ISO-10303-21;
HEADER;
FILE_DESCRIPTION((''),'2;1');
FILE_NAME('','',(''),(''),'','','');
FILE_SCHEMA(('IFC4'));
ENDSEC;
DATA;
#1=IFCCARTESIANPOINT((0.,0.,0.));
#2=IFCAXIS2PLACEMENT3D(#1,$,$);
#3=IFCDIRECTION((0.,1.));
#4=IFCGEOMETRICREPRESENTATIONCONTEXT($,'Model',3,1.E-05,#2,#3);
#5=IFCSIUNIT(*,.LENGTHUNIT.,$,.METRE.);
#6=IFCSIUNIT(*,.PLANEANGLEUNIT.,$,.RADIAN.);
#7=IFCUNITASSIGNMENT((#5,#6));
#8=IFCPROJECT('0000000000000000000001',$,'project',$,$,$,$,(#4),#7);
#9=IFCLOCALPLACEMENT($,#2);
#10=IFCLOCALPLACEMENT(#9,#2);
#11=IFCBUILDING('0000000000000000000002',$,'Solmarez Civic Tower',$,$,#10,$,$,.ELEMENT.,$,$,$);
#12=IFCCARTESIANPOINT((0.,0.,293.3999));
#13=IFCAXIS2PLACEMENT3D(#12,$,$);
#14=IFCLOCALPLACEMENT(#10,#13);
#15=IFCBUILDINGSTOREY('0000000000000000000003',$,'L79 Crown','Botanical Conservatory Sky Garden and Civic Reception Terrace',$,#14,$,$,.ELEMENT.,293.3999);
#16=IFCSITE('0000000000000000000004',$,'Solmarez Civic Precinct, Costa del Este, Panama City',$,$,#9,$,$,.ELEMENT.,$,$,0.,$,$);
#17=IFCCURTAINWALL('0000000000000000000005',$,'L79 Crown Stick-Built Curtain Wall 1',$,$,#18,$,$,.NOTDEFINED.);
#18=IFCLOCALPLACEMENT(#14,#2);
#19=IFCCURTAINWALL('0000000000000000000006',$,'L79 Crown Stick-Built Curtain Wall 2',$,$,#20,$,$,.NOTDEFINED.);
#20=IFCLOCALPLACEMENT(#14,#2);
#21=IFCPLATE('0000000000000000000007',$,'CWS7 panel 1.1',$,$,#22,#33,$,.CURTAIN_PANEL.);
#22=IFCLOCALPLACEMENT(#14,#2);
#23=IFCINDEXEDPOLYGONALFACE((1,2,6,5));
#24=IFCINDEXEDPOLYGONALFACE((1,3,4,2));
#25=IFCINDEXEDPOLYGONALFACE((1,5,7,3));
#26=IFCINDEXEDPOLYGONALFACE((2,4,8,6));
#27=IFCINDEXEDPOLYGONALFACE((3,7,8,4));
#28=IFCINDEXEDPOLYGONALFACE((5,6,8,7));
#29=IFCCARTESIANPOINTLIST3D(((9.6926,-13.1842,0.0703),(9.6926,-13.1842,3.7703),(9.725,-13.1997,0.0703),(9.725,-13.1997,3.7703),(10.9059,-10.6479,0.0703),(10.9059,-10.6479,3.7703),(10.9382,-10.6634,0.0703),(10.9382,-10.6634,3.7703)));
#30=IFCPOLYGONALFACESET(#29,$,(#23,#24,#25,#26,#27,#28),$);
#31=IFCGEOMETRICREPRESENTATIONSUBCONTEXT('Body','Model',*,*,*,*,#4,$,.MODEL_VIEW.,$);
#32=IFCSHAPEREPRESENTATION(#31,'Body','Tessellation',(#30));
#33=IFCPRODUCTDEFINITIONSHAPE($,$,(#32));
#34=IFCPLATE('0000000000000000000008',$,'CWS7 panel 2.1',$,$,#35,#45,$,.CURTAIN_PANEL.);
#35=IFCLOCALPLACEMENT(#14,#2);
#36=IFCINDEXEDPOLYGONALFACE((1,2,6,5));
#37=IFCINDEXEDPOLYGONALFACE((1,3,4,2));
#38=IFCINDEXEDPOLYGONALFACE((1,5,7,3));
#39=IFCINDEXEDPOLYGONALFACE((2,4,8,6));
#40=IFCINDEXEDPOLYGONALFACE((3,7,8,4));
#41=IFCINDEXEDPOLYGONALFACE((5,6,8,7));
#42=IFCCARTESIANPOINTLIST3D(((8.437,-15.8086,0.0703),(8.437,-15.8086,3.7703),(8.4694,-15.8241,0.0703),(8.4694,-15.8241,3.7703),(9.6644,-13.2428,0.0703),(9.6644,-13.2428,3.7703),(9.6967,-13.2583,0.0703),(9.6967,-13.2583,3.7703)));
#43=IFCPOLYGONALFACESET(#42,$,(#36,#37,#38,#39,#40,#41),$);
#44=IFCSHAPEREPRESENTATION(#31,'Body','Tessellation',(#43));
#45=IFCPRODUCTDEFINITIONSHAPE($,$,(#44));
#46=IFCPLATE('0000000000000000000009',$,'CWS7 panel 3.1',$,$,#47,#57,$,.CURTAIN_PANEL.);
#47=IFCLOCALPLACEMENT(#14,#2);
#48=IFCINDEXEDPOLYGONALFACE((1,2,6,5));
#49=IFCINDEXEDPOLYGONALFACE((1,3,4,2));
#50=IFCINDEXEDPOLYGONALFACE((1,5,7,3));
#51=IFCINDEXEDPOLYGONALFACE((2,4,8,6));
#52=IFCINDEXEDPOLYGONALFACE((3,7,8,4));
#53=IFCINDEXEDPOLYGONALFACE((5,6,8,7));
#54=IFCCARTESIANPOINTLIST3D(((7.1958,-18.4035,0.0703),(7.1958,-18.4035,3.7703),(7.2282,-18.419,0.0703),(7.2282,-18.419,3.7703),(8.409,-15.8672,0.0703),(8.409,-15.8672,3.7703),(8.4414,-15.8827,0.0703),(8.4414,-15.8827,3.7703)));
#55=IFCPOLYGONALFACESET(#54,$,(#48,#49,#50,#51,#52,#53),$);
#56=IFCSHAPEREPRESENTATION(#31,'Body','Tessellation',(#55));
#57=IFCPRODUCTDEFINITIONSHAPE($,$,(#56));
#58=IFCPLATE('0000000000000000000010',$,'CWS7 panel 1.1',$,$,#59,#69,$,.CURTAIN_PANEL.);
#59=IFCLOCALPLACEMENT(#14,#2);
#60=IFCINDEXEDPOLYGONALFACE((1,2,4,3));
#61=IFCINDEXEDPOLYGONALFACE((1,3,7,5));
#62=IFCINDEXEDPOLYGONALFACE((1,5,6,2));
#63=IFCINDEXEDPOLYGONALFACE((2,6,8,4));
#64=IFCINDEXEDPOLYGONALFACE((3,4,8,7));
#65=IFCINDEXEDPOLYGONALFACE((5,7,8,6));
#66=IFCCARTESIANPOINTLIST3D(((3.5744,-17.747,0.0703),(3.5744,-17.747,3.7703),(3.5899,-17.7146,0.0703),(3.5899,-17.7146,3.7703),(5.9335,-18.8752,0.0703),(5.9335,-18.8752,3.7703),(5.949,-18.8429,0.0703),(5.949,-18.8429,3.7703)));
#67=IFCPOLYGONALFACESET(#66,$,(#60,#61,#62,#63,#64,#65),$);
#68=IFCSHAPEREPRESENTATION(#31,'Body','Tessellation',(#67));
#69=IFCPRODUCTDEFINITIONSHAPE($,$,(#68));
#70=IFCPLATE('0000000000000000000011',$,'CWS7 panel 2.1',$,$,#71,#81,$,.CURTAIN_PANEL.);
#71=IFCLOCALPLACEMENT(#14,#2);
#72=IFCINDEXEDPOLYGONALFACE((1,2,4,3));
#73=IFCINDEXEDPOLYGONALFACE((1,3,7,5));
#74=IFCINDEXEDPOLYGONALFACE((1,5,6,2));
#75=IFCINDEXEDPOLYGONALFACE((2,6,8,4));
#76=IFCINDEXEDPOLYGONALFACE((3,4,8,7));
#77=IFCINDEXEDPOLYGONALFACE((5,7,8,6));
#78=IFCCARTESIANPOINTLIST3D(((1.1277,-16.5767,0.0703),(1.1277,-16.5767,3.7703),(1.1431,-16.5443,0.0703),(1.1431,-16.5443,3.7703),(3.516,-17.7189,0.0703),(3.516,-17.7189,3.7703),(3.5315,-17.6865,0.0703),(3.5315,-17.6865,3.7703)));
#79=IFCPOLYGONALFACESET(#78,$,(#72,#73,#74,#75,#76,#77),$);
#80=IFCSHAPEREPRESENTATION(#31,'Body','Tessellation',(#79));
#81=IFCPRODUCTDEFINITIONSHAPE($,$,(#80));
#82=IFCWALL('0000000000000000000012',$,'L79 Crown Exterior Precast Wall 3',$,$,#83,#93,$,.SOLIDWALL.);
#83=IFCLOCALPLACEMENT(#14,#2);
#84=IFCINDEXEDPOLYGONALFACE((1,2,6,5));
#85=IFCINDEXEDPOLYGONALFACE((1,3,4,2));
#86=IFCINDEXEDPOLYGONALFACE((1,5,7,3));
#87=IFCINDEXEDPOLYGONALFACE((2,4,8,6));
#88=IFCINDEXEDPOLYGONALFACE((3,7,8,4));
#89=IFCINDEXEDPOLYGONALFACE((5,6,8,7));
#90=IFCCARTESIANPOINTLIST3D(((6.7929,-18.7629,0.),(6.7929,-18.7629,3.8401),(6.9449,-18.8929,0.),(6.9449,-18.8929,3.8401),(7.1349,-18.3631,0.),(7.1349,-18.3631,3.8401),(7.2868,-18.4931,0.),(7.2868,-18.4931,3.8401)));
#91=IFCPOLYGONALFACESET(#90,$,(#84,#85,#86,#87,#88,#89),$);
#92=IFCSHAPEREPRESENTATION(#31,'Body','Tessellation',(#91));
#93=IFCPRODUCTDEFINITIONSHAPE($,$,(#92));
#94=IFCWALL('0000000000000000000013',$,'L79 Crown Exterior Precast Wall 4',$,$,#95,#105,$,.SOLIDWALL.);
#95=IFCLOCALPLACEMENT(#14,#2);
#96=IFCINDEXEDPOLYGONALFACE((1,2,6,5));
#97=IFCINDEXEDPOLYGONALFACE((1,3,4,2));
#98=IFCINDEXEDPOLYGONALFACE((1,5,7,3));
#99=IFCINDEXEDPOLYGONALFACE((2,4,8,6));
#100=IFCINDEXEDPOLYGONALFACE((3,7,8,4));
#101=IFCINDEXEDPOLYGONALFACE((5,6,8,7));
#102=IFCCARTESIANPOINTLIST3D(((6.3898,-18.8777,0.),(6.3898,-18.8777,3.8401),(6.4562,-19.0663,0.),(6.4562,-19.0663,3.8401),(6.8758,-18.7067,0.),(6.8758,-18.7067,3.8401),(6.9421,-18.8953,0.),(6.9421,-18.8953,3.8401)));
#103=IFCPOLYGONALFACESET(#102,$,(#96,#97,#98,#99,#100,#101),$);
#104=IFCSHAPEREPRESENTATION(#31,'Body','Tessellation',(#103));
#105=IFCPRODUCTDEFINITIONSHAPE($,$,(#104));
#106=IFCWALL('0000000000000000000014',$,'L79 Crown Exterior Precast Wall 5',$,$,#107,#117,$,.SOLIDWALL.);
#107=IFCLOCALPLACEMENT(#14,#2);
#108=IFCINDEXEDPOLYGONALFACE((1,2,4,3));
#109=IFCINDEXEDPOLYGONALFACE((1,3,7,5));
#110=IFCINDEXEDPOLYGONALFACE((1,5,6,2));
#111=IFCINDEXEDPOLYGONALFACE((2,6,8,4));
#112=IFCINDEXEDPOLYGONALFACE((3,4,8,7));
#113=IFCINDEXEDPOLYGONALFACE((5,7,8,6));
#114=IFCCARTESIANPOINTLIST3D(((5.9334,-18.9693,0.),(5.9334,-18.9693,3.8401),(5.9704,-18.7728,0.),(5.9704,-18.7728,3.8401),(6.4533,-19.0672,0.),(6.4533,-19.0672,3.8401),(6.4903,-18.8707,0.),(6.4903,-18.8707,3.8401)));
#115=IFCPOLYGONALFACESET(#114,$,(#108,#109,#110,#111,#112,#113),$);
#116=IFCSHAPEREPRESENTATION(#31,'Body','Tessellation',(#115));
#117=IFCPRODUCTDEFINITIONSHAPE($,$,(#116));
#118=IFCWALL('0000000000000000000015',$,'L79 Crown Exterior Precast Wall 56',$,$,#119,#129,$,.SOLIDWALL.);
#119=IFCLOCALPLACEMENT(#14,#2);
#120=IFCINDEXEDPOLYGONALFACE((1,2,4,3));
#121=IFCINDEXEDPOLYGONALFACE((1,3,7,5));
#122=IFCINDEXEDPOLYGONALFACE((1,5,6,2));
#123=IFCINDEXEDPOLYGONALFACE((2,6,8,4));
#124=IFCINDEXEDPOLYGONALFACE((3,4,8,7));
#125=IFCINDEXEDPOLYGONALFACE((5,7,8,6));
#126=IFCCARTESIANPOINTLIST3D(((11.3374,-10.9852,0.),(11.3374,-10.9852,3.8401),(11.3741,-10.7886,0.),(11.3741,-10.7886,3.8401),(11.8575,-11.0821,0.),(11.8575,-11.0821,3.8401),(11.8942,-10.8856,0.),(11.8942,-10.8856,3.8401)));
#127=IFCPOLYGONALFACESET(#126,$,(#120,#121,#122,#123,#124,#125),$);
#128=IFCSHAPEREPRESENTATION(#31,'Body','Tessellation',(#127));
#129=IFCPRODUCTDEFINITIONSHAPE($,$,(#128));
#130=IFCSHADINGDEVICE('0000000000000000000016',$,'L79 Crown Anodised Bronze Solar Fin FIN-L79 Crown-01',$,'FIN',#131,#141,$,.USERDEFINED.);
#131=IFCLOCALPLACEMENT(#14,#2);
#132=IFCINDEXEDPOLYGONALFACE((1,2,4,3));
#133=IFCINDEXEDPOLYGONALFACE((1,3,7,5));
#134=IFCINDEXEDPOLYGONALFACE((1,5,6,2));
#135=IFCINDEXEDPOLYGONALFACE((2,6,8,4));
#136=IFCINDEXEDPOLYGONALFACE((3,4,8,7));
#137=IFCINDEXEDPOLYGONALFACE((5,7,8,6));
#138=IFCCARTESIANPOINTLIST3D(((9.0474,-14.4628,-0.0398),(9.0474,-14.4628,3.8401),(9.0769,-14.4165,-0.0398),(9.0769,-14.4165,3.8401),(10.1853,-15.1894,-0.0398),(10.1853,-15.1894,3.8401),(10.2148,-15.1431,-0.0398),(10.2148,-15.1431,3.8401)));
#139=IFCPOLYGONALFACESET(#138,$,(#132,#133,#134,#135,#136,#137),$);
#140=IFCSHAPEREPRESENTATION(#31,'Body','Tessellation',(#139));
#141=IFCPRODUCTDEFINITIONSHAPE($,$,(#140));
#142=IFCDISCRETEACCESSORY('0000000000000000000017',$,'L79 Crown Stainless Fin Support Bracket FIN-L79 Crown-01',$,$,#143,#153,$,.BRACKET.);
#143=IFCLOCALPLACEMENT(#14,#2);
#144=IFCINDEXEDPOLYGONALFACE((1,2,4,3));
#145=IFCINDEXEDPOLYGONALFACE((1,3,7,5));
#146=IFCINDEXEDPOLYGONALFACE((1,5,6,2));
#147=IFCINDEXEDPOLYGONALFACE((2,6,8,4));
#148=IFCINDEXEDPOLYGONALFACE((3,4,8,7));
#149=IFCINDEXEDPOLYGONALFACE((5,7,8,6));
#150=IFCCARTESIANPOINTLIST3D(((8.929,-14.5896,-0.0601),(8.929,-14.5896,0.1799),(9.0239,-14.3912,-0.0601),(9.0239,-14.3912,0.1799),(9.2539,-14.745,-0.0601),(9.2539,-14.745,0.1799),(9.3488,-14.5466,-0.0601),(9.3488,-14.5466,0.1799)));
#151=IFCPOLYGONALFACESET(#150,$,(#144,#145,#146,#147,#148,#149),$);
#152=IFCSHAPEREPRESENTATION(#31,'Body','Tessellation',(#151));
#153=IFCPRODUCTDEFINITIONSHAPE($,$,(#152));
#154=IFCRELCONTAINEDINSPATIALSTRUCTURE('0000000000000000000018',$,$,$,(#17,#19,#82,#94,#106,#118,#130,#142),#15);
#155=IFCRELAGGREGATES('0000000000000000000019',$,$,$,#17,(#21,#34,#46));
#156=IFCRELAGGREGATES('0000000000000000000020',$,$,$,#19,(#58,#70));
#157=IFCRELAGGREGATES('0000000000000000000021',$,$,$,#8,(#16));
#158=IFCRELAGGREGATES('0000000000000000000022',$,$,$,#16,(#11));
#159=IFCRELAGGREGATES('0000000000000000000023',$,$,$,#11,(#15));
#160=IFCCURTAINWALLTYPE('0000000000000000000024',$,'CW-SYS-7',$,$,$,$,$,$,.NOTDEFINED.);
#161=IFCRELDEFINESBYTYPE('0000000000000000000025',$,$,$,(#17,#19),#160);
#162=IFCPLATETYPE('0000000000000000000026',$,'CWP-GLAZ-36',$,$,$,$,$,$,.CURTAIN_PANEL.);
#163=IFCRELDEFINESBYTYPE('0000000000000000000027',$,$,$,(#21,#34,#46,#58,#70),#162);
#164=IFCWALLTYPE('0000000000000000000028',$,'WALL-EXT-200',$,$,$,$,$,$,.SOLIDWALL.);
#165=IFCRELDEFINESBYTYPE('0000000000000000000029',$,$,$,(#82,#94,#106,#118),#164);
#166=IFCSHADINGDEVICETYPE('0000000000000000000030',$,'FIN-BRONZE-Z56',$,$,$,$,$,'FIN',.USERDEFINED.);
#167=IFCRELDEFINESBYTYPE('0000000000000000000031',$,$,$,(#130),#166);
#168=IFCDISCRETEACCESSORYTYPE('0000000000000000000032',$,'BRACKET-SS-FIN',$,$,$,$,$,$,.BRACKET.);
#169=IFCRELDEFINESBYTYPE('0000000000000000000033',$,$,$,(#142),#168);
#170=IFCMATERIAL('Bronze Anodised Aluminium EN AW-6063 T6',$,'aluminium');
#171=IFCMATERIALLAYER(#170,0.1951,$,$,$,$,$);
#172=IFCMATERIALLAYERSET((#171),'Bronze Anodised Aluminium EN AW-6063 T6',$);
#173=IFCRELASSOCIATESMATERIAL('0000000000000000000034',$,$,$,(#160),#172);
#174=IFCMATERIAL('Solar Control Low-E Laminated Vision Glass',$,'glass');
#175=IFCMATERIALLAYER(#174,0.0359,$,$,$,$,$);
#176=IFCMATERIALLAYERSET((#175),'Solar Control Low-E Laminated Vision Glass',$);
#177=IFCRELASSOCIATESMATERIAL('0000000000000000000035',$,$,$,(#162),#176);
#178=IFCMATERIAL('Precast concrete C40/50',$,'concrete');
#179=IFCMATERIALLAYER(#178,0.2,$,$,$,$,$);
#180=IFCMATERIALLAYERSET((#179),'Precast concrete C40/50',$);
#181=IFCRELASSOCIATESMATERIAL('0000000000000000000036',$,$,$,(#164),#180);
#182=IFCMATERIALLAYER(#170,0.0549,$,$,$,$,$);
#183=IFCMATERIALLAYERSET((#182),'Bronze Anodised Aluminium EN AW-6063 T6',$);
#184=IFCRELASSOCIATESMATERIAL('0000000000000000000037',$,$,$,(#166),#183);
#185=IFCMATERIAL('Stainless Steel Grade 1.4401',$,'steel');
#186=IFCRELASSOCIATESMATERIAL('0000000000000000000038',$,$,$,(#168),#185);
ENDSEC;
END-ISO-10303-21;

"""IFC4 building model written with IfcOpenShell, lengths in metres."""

from ifc_helpers import new_model, si_unit, direction, frame, frame_2d, origin, origin_2d, place, context, subcontext, project, spatial, rectangle, extrude, material, layer, layer_set, type_object, element, aggregate, save


model = new_model("IFC4")

# Units and contexts
model_context = context("Model", 3, precision=1e-05, world=origin(), true_north=direction((0.0, 1.0)))
body_context = subcontext(model_context, "Body", "Model", "MODEL_VIEW")
ifc_project = project(units=[si_unit("LENGTHUNIT", "METRE"), si_unit("PLANEANGLEUNIT", "RADIAN")], contexts=[model_context])

# Site, building, storey
site_placement = place(None, origin())
site = spatial("IfcSite", under=ifc_project, at=site_placement, Name="Solmarez Civic Precinct, Costa del Este, Panama City", CompositionType="ELEMENT", RefElevation=0.0)
building_placement = place(site_placement, origin())
building = spatial("IfcBuilding", under=site, at=building_placement, Name="Solmarez Civic Tower", CompositionType="ELEMENT")
storey_placement = place(building_placement, frame((0.0, 0.0, 293.3999)))
storey = spatial("IfcBuildingStorey", under=building, at=storey_placement, Name="L79 Crown", Description="Botanical Conservatory Sky Garden and Civic Reception Terrace", CompositionType="ELEMENT", Elevation=293.3999)

# Curtain walls
ifc_material_1 = material(Name="Bronze Anodised Aluminium EN AW-6063 T6", Category="aluminium")
ifc_layer_1 = layer(ifc_material_1, 0.1951)
ifc_layer_set_1 = layer_set([ifc_layer_1], Name="Bronze Anodised Aluminium EN AW-6063 T6")
curtain_wall_type = type_object("IfcCurtainWallType", Name="CW-SYS-7", PredefinedType="NOTDEFINED", material=ifc_layer_set_1)
curtain_wall_1_placement = place(storey_placement, origin())
curtain_wall_1 = element("IfcCurtainWall", 1, at=curtain_wall_1_placement, inside=storey, type_object=curtain_wall_type, Name="L79 Crown Stick-Built Curtain Wall 1", PredefinedType="NOTDEFINED")
curtain_wall_2_placement = place(storey_placement, origin())
curtain_wall_2 = element("IfcCurtainWall", 2, at=curtain_wall_2_placement, inside=storey, type_object=curtain_wall_type, Name="L79 Crown Stick-Built Curtain Wall 2", PredefinedType="NOTDEFINED")

# Plates
ifc_material_2 = material(Name="Solar Control Low-E Laminated Vision Glass", Category="glass")
ifc_layer_2 = layer(ifc_material_2, 0.0359)
ifc_layer_set_2 = layer_set([ifc_layer_2], Name="Solar Control Low-E Laminated Vision Glass")
plate_type = type_object("IfcPlateType", Name="CWP-GLAZ-36", PredefinedType="CURTAIN_PANEL", material=ifc_layer_set_2)
plate_1_placement = place(storey_placement, frame((10.3154, -11.9238, 0.0703), z_axis=(0.0, 0.0, 1.0), x_axis=(-0.431516, -0.902105, 0.0)))
plate_1 = element("IfcPlate", 3, at=plate_1_placement, type_object=plate_type, Name="CWS7 panel 1.1", PredefinedType="CURTAIN_PANEL", context=body_context, shape_type="SweptSolid", body=[
    extrude(rectangle(XDim=2.8115, YDim=0.0359, at=origin_2d()), origin(), (0.0, 0.0, 1.0), 3.7),
])
plate_2_placement = place(storey_placement, frame((9.0669, -14.5334, 0.0703), z_axis=(0.0, 0.0, 1.0), x_axis=(-0.431516, -0.902105, 0.0)))
plate_2 = element("IfcPlate", 4, at=plate_2_placement, type_object=plate_type, Name="CWS7 panel 2.1", PredefinedType="CURTAIN_PANEL", context=body_context, shape_type="SweptSolid", body=[
    extrude(rectangle(XDim=2.8442, YDim=0.0359, at=origin_2d()), origin(), (0.0, 0.0, 1.0), 3.7),
])
plate_3_placement = place(storey_placement, frame((7.8186, -17.1431, 0.0703), z_axis=(0.0, 0.0, 1.0), x_axis=(-0.431516, -0.902105, 0.0)))
plate_3 = element("IfcPlate", 5, at=plate_3_placement, type_object=plate_type, Name="CWS7 panel 3.1", PredefinedType="CURTAIN_PANEL", context=body_context, shape_type="SweptSolid", body=[
    extrude(rectangle(XDim=2.8115, YDim=0.0359, at=origin_2d()), origin(), (0.0, 0.0, 1.0), 3.7),
])
aggregate(curtain_wall_1, [plate_1, plate_2, plate_3])
plate_4_placement = place(storey_placement, frame((4.7617, -18.2949, 0.0703), z_axis=(0.0, 0.0, 1.0), x_axis=(-0.902135, 0.431454, 0.0)))
plate_4 = element("IfcPlate", 6, at=plate_4_placement, type_object=plate_type, Name="CWS7 panel 1.1", PredefinedType="CURTAIN_PANEL", context=body_context, shape_type="SweptSolid", body=[
    extrude(rectangle(XDim=2.615, YDim=0.0359, at=origin_2d()), origin(), (0.0, 0.0, 1.0), 3.7),
])
plate_5_placement = place(storey_placement, frame((2.3296, -17.1316, 0.0703), z_axis=(0.0, 0.0, 1.0), x_axis=(-0.902135, 0.431454, 0.0)))
plate_5 = element("IfcPlate", 7, at=plate_5_placement, type_object=plate_type, Name="CWS7 panel 2.1", PredefinedType="CURTAIN_PANEL", context=body_context, shape_type="SweptSolid", body=[
    extrude(rectangle(XDim=2.6475, YDim=0.0359, at=origin_2d()), origin(), (0.0, 0.0, 1.0), 3.7),
])
aggregate(curtain_wall_2, [plate_4, plate_5])

# Walls
ifc_material_3 = material(Name="Precast concrete C40/50", Category="concrete")
ifc_layer_3 = layer(ifc_material_3, 0.2)
ifc_layer_set_3 = layer_set([ifc_layer_3], Name="Precast concrete C40/50")
wall_type = type_object("IfcWallType", Name="WALL-EXT-200", PredefinedType="SOLIDWALL", material=ifc_layer_set_3)
wall_1_placement = place(storey_placement, frame((7.2109, -18.428, 0.0), z_axis=(0.0, 0.0, 1.0), x_axis=(-0.649989, -0.759944, 0.0)))
element("IfcWall", 8, at=wall_1_placement, inside=storey, type_object=wall_type, Name="L79 Crown Exterior Precast Wall 3", PredefinedType="SOLIDWALL", context=body_context, shape_type="SweptSolid", body=[
    extrude(rectangle(XDim=0.5261, YDim=0.2, at=frame_2d((0.2632, 0.0))), origin(), (0.0, 0.0, 1.0), 3.8401),
])
wall_2_placement = place(storey_placement, frame((6.9089, -18.801, 0.0), z_axis=(0.0, 0.0, 1.0), x_axis=(-0.94334, -0.331828, 0.0)))
element("IfcWall", 9, at=wall_2_placement, inside=storey, type_object=wall_type, Name="L79 Crown Exterior Precast Wall 4", PredefinedType="SOLIDWALL", context=body_context, shape_type="SweptSolid", body=[
    extrude(rectangle(XDim=0.5151, YDim=0.2, at=frame_2d((0.2576, 0.0))), origin(), (0.0, 0.0, 1.0), 3.8401),
])
for number, where, z_axis, x_axis, name in (
    (10, (6.4719, -18.969, 0.0), (0.0, 0.0, 1.0), (-0.982736, 0.185013, 0.0), "L79 Crown Exterior Precast Wall 5"),
    (11, (11.876, -10.9839, 0.0), (0.0, 0.0, 1.0), (-0.98307, 0.18323, 0.0), "L79 Crown Exterior Precast Wall 56"),
):
    element("IfcWall", number, at=place(storey_placement, frame(where, z_axis=z_axis, x_axis=x_axis)), inside=storey, type_object=wall_type, Name=name, PredefinedType="SOLIDWALL", context=body_context, shape_type="SweptSolid", body=[
        extrude(rectangle(XDim=0.5291, YDim=0.2, at=frame_2d((0.2646, 0.0))), origin(), (0.0, 0.0, 1.0), 3.8401),
    ])

# Shading device
ifc_layer_4 = layer(ifc_material_1, 0.0549)
ifc_layer_set_4 = layer_set([ifc_layer_4], Name="Bronze Anodised Aluminium EN AW-6063 T6")
shading_device_type = type_object("IfcShadingDeviceType", Name="FIN-BRONZE-Z56", ElementType="FIN", PredefinedType="USERDEFINED", material=ifc_layer_set_4)
shading_device_placement = place(storey_placement, frame((9.6311, -14.803, -0.0398), z_axis=(0.0, 0.0, 1.0), x_axis=(0.842828, -0.538183, 0.0)))
element("IfcShadingDevice", 12, at=shading_device_placement, inside=storey, type_object=shading_device_type, Name="L79 Crown Anodised Bronze Solar Fin FIN-L79 Crown-01", ObjectType="FIN", PredefinedType="USERDEFINED", context=body_context, shape_type="SweptSolid", body=[
    extrude(rectangle(XDim=1.3501, YDim=0.0549, at=origin_2d()), origin(), (0.0, 0.0, 1.0), 3.8799),
])

# Discrete accessory
ifc_material_4 = material(Name="Stainless Steel Grade 1.4401", Category="steel")
discrete_accessory_type = type_object("IfcDiscreteAccessoryType", Name="BRACKET-SS-FIN", PredefinedType="BRACKET", material=ifc_material_4)
discrete_accessory_placement = place(storey_placement, frame((9.1389, -14.5681, -0.0601), z_axis=(0.0, 0.0, 1.0), x_axis=(0.90213, -0.431464, 0.0)))
element("IfcDiscreteAccessory", 13, at=discrete_accessory_placement, inside=storey, type_object=discrete_accessory_type, Name="L79 Crown Stainless Fin Support Bracket FIN-L79 Crown-01", PredefinedType="BRACKET", context=body_context, shape_type="SweptSolid", body=[
    extrude(rectangle(XDim=0.3601, YDim=0.22, at=origin_2d()), origin(), (0.0, 0.0, 1.0), 0.24),
])

save(model, "model.ifc")
